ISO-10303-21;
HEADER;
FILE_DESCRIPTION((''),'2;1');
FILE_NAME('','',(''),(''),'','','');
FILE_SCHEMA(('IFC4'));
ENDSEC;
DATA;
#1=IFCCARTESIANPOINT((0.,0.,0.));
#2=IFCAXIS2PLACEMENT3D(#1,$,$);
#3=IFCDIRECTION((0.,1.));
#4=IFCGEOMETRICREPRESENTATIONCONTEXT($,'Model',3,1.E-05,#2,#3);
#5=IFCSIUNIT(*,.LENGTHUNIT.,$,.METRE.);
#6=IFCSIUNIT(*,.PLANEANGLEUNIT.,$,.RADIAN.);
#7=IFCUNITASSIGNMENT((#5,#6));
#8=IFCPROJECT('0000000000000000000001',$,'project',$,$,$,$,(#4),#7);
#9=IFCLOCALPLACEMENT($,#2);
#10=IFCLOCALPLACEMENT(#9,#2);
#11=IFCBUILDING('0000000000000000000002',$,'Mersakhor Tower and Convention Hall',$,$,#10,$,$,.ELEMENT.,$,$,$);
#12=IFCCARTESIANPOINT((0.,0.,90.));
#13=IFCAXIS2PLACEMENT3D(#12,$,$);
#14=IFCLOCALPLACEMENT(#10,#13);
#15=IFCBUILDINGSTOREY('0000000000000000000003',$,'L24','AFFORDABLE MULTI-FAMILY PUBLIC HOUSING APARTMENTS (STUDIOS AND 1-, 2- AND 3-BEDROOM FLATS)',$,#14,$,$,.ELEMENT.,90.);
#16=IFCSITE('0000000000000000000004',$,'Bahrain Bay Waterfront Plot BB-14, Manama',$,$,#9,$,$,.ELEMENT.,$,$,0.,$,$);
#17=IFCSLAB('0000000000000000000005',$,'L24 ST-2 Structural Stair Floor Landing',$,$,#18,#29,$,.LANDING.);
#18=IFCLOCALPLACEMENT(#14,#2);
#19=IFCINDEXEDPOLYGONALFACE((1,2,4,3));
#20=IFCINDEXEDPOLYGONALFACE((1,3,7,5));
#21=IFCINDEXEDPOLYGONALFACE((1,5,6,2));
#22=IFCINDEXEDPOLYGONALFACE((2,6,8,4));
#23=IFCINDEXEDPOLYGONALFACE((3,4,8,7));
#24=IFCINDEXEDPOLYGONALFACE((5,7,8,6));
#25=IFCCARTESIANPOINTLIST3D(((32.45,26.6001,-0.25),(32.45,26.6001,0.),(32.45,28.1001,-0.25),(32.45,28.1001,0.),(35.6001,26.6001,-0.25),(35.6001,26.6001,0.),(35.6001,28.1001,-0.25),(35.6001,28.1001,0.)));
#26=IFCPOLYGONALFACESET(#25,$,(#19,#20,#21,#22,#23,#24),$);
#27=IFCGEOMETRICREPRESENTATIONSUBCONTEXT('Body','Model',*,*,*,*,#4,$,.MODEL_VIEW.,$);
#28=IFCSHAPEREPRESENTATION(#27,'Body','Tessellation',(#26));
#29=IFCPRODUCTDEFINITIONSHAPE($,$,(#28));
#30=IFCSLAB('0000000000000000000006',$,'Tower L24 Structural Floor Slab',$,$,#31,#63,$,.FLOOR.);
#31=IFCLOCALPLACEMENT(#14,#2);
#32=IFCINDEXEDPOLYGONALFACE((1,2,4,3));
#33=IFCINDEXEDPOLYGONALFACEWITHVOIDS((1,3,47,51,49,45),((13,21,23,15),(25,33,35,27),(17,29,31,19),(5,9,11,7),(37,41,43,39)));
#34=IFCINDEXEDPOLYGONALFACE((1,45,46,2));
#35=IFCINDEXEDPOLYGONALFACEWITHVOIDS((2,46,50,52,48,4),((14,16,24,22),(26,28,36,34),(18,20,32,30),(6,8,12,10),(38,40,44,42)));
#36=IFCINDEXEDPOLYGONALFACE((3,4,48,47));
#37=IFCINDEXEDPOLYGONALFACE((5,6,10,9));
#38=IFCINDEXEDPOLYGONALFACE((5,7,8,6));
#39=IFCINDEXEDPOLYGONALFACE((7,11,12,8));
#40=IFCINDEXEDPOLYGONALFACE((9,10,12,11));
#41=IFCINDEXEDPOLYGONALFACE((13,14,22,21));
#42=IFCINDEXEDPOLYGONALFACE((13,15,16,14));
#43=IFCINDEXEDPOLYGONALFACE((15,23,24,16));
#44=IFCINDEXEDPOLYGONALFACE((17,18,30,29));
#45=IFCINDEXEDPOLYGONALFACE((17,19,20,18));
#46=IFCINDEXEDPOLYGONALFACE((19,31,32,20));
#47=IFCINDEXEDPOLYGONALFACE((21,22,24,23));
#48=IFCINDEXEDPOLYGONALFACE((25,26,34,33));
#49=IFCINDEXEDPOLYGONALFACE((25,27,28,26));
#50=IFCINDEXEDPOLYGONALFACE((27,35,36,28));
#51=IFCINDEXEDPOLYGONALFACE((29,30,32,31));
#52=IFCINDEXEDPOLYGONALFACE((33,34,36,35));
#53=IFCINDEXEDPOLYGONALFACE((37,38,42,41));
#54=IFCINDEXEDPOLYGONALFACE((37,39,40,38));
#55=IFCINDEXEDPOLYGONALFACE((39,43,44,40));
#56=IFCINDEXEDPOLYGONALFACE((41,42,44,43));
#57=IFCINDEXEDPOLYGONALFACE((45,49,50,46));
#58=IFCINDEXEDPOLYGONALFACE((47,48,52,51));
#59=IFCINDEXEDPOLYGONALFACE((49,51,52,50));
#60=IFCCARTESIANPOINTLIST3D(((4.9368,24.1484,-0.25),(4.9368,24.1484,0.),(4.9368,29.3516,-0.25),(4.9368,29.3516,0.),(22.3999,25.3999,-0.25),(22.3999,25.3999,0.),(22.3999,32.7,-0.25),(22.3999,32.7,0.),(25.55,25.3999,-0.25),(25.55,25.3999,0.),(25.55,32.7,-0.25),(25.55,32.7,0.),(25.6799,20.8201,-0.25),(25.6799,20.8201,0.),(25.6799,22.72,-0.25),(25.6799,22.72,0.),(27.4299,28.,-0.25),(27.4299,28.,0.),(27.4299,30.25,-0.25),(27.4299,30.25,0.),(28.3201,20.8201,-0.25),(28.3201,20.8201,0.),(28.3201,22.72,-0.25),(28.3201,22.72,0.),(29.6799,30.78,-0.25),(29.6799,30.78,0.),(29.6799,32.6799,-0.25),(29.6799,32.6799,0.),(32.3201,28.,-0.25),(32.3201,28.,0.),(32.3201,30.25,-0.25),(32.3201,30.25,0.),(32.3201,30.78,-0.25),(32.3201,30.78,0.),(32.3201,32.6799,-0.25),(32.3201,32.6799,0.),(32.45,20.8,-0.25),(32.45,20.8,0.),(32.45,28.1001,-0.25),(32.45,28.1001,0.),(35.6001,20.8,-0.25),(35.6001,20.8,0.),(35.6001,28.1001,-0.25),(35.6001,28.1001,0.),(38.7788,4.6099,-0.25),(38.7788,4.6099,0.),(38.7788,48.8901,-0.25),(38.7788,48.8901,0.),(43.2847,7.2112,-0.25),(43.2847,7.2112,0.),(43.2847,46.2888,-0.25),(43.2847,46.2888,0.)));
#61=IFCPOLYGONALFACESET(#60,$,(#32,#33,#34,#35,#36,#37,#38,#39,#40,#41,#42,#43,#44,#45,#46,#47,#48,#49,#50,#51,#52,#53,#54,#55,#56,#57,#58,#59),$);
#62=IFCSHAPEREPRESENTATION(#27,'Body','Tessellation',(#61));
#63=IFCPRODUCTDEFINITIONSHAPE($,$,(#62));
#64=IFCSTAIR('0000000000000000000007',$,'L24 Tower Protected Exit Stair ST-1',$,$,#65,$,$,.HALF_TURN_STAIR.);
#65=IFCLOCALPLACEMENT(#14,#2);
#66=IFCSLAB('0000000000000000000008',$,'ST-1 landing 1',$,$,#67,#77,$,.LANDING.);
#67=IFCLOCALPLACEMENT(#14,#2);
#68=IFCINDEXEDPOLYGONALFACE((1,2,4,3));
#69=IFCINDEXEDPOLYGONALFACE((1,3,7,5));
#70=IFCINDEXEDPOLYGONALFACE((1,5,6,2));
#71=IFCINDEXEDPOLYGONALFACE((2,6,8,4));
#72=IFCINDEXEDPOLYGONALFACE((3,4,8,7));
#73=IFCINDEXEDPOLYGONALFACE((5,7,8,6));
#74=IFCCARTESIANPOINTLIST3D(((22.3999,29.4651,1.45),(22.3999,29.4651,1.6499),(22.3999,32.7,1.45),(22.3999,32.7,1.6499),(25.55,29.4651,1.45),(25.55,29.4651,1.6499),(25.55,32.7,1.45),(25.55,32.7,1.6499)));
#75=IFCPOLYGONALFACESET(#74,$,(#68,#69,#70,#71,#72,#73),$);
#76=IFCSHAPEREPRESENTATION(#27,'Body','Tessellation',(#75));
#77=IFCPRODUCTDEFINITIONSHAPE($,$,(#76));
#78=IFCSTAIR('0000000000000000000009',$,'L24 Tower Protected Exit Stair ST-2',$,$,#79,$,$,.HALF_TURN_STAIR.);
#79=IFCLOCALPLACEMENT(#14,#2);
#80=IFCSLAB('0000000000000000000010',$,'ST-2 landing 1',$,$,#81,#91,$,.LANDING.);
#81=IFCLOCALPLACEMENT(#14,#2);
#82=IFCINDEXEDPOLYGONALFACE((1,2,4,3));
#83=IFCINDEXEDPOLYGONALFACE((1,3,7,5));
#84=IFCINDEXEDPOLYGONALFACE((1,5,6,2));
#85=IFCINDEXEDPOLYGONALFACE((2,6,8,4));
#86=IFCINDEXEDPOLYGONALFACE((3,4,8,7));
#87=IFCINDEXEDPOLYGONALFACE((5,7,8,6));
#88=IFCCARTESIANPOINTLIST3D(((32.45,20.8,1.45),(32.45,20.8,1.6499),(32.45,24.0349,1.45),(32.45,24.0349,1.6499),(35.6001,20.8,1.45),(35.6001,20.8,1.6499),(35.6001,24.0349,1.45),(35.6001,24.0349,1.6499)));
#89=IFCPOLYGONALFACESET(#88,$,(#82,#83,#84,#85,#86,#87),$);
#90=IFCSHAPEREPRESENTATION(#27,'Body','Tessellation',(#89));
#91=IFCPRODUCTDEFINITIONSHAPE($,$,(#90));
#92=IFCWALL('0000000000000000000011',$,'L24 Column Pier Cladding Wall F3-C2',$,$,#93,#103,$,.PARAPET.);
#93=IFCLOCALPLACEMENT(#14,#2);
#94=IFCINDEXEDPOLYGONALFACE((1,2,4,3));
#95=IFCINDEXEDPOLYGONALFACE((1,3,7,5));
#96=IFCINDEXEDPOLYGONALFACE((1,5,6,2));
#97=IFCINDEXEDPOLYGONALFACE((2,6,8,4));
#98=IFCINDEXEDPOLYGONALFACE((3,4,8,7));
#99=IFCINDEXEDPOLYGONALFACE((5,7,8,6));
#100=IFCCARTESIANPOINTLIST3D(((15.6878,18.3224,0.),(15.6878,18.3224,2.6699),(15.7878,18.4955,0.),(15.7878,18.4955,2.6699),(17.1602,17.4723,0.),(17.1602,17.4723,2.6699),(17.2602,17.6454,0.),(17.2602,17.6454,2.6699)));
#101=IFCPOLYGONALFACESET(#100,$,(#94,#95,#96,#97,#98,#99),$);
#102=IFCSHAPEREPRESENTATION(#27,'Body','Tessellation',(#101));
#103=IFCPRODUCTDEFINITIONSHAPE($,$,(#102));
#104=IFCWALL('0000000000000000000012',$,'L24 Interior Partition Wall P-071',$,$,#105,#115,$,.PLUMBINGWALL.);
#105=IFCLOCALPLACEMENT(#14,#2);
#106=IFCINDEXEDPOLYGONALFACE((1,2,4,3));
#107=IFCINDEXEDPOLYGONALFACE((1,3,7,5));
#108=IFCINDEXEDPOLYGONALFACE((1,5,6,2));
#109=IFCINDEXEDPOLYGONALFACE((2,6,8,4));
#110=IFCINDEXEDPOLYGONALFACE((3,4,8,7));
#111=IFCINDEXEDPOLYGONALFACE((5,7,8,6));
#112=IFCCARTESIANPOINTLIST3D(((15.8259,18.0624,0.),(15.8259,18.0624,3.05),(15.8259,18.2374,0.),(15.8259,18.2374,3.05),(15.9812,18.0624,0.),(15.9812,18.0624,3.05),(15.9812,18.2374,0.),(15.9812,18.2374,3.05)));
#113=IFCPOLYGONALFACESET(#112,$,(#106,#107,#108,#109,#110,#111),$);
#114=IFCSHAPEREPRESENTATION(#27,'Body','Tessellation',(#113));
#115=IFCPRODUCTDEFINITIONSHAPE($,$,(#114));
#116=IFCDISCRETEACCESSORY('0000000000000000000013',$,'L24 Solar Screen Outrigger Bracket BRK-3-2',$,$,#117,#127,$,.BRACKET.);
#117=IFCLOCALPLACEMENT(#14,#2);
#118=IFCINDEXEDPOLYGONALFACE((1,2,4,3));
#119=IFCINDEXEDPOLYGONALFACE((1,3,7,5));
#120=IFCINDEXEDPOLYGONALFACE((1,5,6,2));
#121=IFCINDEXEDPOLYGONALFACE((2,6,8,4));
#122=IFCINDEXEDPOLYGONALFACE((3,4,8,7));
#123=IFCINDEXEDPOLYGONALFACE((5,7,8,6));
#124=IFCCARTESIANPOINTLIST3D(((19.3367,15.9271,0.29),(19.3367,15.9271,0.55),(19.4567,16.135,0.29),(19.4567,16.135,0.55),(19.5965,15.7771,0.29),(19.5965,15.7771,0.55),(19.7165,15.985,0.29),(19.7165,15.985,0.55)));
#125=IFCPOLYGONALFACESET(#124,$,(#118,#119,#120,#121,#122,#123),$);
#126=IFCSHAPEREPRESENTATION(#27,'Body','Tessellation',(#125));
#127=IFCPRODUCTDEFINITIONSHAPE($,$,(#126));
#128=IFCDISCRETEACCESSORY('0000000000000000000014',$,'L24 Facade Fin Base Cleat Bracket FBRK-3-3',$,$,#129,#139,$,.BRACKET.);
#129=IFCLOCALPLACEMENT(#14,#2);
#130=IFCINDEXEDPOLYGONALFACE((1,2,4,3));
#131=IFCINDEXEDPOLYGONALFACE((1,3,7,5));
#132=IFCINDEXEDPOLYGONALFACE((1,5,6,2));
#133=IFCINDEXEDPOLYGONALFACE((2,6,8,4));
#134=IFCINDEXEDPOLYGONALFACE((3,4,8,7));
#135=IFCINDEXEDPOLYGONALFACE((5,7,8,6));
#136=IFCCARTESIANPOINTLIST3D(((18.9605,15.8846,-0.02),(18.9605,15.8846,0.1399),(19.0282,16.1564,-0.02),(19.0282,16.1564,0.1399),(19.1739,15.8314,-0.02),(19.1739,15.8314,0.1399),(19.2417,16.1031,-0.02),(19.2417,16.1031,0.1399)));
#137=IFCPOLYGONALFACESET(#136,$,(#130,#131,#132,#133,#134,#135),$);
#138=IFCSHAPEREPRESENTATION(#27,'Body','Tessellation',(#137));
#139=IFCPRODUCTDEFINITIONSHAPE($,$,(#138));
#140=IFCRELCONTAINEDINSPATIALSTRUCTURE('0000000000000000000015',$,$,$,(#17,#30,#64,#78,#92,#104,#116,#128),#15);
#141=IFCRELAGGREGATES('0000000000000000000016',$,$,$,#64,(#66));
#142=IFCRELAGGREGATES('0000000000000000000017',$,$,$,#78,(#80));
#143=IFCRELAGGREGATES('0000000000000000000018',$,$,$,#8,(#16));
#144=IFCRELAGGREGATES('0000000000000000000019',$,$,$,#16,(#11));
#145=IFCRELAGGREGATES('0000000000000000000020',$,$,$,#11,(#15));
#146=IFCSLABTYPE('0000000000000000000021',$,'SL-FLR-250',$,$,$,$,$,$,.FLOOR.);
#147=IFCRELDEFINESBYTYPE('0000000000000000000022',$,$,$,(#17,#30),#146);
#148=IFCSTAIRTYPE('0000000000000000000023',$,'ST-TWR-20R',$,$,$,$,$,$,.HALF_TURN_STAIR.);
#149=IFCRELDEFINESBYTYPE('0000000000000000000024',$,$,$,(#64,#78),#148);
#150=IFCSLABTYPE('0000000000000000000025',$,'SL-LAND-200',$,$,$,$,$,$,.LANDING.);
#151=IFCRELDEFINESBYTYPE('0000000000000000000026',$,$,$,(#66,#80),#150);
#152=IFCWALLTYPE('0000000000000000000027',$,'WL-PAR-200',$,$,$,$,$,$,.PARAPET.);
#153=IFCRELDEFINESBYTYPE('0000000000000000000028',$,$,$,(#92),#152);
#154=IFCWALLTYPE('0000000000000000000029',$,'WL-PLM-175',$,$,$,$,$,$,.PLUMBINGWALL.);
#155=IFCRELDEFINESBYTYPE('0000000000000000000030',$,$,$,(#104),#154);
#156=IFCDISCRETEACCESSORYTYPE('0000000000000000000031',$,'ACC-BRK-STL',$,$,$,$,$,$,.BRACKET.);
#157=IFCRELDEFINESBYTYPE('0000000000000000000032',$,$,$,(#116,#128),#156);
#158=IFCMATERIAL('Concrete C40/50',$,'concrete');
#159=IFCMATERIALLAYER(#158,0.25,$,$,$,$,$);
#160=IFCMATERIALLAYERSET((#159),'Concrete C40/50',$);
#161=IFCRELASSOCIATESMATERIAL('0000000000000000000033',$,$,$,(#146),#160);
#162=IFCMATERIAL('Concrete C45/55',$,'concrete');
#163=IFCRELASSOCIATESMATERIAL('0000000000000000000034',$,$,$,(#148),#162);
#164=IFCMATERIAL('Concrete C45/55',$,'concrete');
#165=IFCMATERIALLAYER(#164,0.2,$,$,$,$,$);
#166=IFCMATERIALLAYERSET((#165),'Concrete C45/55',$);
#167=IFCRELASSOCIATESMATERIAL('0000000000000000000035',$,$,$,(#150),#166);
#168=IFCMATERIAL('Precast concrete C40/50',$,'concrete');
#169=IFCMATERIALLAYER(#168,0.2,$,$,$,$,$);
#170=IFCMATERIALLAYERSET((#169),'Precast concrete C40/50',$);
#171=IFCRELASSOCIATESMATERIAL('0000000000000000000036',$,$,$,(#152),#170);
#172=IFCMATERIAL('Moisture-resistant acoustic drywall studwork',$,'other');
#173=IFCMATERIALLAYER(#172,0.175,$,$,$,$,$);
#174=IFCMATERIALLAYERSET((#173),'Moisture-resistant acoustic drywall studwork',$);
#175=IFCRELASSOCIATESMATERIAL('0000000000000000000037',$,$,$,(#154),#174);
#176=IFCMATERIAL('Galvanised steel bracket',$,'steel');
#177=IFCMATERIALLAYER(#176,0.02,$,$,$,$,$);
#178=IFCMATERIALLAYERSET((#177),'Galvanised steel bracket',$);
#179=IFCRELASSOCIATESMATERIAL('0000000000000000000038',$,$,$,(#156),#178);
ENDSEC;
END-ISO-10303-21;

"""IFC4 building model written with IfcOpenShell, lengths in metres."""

from ifc_helpers import new_model, si_unit, direction, frame, frame_2d, origin, origin_2d, place, context, subcontext, project, spatial, polyline, rectangle, outline, extrude, material, layer, layer_set, type_object, element, aggregate, save


model = new_model("IFC4")

# Units and contexts
model_context = context("Model", 3, precision=1e-05, world=origin(), true_north=direction((0.0, 1.0)))
body_context = subcontext(model_context, "Body", "Model", "MODEL_VIEW")
ifc_project = project(units=[si_unit("LENGTHUNIT", "METRE"), si_unit("PLANEANGLEUNIT", "RADIAN")], contexts=[model_context])

# Site, building, storey
site_placement = place(None, origin())
site = spatial("IfcSite", under=ifc_project, at=site_placement, Name="Bahrain Bay Waterfront Plot BB-14, Manama", CompositionType="ELEMENT", RefElevation=0.0)
building_placement = place(site_placement, origin())
building = spatial("IfcBuilding", under=site, at=building_placement, Name="Mersakhor Tower and Convention Hall", CompositionType="ELEMENT")
storey_placement = place(building_placement, frame((0.0, 0.0, 90.0)))
storey = spatial("IfcBuildingStorey", under=building, at=storey_placement, Name="L24", Description="AFFORDABLE MULTI-FAMILY PUBLIC HOUSING APARTMENTS (STUDIOS AND 1-, 2- AND 3-BEDROOM FLATS)", CompositionType="ELEMENT", Elevation=90.0)

# Slabs
ifc_material_1 = material(Name="Concrete C40/50", Category="concrete")
ifc_layer_1 = layer(ifc_material_1, 0.25)
ifc_layer_set_1 = layer_set([ifc_layer_1], Name="Concrete C40/50")
slab_type_1 = type_object("IfcSlabType", Name="SL-FLR-250", PredefinedType="FLOOR", material=ifc_layer_set_1)
slab_1_placement = place(storey_placement, frame((0.0, 0.0, -0.25)))
element("IfcSlab", 1, at=slab_1_placement, inside=storey, type_object=slab_type_1, Name="L24 ST-2 Structural Stair Floor Landing", PredefinedType="LANDING", context=body_context, shape_type="SweptSolid", body=[
    extrude(outline(polyline([(32.45, 28.1001), (32.45, 26.6001), (35.6001, 26.6001), (35.6001, 28.1001), (32.45, 28.1001)])), origin(), (0.0, 0.0, 1.0), 0.25),
])
slab_2_placement = place(storey_placement, frame((0.0, 0.0, -0.25)))
element("IfcSlab", 2, at=slab_2_placement, inside=storey, type_object=slab_type_1, Name="Tower L24 Structural Floor Slab", PredefinedType="FLOOR", context=body_context, shape_type="SweptSolid", body=[
    extrude(outline(polyline([(4.9368, 29.3516), (38.7788, 48.8901), (43.2847, 46.2888), (43.2847, 7.2112), (38.7788, 4.6099), (4.9368, 24.1484), (4.9368, 29.3516)]), holes=[polyline([(25.55, 25.3999), (25.55, 32.7), (22.3999, 32.7), (22.3999, 25.3999), (25.55, 25.3999)]), polyline([(32.45, 28.1001), (32.45, 20.8), (35.6001, 20.8), (35.6001, 28.1001), (32.45, 28.1001)]), polyline([(25.6799, 20.8201), (25.6799, 22.72), (28.3201, 22.72), (28.3201, 20.8201), (25.6799, 20.8201)]), polyline([(29.6799, 30.78), (29.6799, 32.6799), (32.3201, 32.6799), (32.3201, 30.78), (29.6799, 30.78)]), polyline([(27.4299, 28.0), (27.4299, 30.25), (32.3201, 30.25), (32.3201, 28.0), (27.4299, 28.0)])]), origin(), (0.0, 0.0, 1.0), 0.25),
])

# Stairs, slabs
ifc_material_2 = material(Name="Concrete C45/55", Category="concrete")
stair_type = type_object("IfcStairType", Name="ST-TWR-20R", PredefinedType="HALF_TURN_STAIR", material=ifc_material_2)
stair_1_placement = place(storey_placement, origin())
stair_1 = element("IfcStair", 3, at=stair_1_placement, inside=storey, type_object=stair_type, Name="L24 Tower Protected Exit Stair ST-1", PredefinedType="HALF_TURN_STAIR")
ifc_material_3 = material(Name="Concrete C45/55", Category="concrete")
ifc_layer_2 = layer(ifc_material_3, 0.2)
ifc_layer_set_2 = layer_set([ifc_layer_2], Name="Concrete C45/55")
slab_type_2 = type_object("IfcSlabType", Name="SL-LAND-200", PredefinedType="LANDING", material=ifc_layer_set_2)
slab_3_placement = place(storey_placement, frame((0.0, 0.0, 1.45)))
slab_3 = element("IfcSlab", 4, at=slab_3_placement, type_object=slab_type_2, Name="ST-1 landing 1", PredefinedType="LANDING", context=body_context, shape_type="SweptSolid", body=[
    extrude(outline(polyline([(25.55, 29.4651), (25.55, 32.7), (22.3999, 32.7), (22.3999, 29.4651), (25.55, 29.4651)])), origin(), (0.0, 0.0, 1.0), 0.2),
])
aggregate(stair_1, [slab_3])
stair_2_placement = place(storey_placement, origin())
stair_2 = element("IfcStair", 5, at=stair_2_placement, inside=storey, type_object=stair_type, Name="L24 Tower Protected Exit Stair ST-2", PredefinedType="HALF_TURN_STAIR")
slab_4_placement = place(storey_placement, frame((0.0, 0.0, 1.45)))
slab_4 = element("IfcSlab", 6, at=slab_4_placement, type_object=slab_type_2, Name="ST-2 landing 1", PredefinedType="LANDING", context=body_context, shape_type="SweptSolid", body=[
    extrude(outline(polyline([(32.45, 24.0349), (32.45, 20.8), (35.6001, 20.8), (35.6001, 24.0349), (32.45, 24.0349)])), origin(), (0.0, 0.0, 1.0), 0.2),
])
aggregate(stair_2, [slab_4])

# Walls
ifc_material_4 = material(Name="Precast concrete C40/50", Category="concrete")
ifc_layer_3 = layer(ifc_material_4, 0.2)
ifc_layer_set_3 = layer_set([ifc_layer_3], Name="Precast concrete C40/50")
wall_type_1 = type_object("IfcWallType", Name="WL-PAR-200", PredefinedType="PARAPET", material=ifc_layer_set_3)
wall_1_placement = place(storey_placement, frame((17.2102, 17.5588, 0.0), z_axis=(0.0, 0.0, 1.0), x_axis=(-0.866025, 0.5, 0.0)))
element("IfcWall", 7, at=wall_1_placement, inside=storey, type_object=wall_type_1, Name="L24 Column Pier Cladding Wall F3-C2", PredefinedType="PARAPET", context=body_context, shape_type="SweptSolid", body=[
    extrude(rectangle(XDim=1.7002, YDim=0.2, at=frame_2d((0.8501, 0.0))), origin(), (0.0, 0.0, 1.0), 2.6699),
])
ifc_material_5 = material(Name="Moisture-resistant acoustic drywall studwork", Category="other")
ifc_layer_4 = layer(ifc_material_5, 0.175)
ifc_layer_set_4 = layer_set([ifc_layer_4], Name="Moisture-resistant acoustic drywall studwork")
wall_type_2 = type_object("IfcWallType", Name="WL-PLM-175", PredefinedType="PLUMBINGWALL", material=ifc_layer_set_4)
wall_2_placement = place(storey_placement, frame((15.9812, 18.1499, 0.0), z_axis=(0.0, 0.0, 1.0), x_axis=(-1.0, 0.0, 0.0)))
element("IfcWall", 8, at=wall_2_placement, inside=storey, type_object=wall_type_2, Name="L24 Interior Partition Wall P-071", PredefinedType="PLUMBINGWALL", context=body_context, shape_type="SweptSolid", body=[
    extrude(rectangle(XDim=0.1553, YDim=0.175, at=frame_2d((0.0776, 0.0))), origin(), (0.0, 0.0, 1.0), 3.05),
])

# Discrete accessories
ifc_material_6 = material(Name="Galvanised steel bracket", Category="steel")
ifc_layer_5 = layer(ifc_material_6, 0.02)
ifc_layer_set_5 = layer_set([ifc_layer_5], Name="Galvanised steel bracket")
discrete_accessory_type = type_object("IfcDiscreteAccessoryType", Name="ACC-BRK-STL", PredefinedType="BRACKET", material=ifc_layer_set_5)
discrete_accessory_1_placement = place(storey_placement, frame((19.5266, 15.9561, 0.29), z_axis=(0.0, 0.0, 1.0), x_axis=(-0.866025, 0.5, 0.0)))
element("IfcDiscreteAccessory", 9, at=discrete_accessory_1_placement, inside=storey, type_object=discrete_accessory_type, Name="L24 Solar Screen Outrigger Bracket BRK-3-2", PredefinedType="BRACKET", context=body_context, shape_type="SweptSolid", body=[
    extrude(rectangle(XDim=0.3, YDim=0.24, at=origin_2d()), origin(), (0.0, 0.0, 1.0), 0.26),
])
discrete_accessory_2_placement = place(storey_placement, frame((19.1011, 15.9939, -0.02), z_axis=(0.0, 0.0, 1.0), x_axis=(-0.241922, -0.970296, 0.0)))
element("IfcDiscreteAccessory", 10, at=discrete_accessory_2_placement, inside=storey, type_object=discrete_accessory_type, Name="L24 Facade Fin Base Cleat Bracket FBRK-3-3", PredefinedType="BRACKET", context=body_context, shape_type="SweptSolid", body=[
    extrude(rectangle(XDim=0.28, YDim=0.22, at=origin_2d()), origin(), (0.0, 0.0, 1.0), 0.1599),
])

save(model, "model.ifc")
